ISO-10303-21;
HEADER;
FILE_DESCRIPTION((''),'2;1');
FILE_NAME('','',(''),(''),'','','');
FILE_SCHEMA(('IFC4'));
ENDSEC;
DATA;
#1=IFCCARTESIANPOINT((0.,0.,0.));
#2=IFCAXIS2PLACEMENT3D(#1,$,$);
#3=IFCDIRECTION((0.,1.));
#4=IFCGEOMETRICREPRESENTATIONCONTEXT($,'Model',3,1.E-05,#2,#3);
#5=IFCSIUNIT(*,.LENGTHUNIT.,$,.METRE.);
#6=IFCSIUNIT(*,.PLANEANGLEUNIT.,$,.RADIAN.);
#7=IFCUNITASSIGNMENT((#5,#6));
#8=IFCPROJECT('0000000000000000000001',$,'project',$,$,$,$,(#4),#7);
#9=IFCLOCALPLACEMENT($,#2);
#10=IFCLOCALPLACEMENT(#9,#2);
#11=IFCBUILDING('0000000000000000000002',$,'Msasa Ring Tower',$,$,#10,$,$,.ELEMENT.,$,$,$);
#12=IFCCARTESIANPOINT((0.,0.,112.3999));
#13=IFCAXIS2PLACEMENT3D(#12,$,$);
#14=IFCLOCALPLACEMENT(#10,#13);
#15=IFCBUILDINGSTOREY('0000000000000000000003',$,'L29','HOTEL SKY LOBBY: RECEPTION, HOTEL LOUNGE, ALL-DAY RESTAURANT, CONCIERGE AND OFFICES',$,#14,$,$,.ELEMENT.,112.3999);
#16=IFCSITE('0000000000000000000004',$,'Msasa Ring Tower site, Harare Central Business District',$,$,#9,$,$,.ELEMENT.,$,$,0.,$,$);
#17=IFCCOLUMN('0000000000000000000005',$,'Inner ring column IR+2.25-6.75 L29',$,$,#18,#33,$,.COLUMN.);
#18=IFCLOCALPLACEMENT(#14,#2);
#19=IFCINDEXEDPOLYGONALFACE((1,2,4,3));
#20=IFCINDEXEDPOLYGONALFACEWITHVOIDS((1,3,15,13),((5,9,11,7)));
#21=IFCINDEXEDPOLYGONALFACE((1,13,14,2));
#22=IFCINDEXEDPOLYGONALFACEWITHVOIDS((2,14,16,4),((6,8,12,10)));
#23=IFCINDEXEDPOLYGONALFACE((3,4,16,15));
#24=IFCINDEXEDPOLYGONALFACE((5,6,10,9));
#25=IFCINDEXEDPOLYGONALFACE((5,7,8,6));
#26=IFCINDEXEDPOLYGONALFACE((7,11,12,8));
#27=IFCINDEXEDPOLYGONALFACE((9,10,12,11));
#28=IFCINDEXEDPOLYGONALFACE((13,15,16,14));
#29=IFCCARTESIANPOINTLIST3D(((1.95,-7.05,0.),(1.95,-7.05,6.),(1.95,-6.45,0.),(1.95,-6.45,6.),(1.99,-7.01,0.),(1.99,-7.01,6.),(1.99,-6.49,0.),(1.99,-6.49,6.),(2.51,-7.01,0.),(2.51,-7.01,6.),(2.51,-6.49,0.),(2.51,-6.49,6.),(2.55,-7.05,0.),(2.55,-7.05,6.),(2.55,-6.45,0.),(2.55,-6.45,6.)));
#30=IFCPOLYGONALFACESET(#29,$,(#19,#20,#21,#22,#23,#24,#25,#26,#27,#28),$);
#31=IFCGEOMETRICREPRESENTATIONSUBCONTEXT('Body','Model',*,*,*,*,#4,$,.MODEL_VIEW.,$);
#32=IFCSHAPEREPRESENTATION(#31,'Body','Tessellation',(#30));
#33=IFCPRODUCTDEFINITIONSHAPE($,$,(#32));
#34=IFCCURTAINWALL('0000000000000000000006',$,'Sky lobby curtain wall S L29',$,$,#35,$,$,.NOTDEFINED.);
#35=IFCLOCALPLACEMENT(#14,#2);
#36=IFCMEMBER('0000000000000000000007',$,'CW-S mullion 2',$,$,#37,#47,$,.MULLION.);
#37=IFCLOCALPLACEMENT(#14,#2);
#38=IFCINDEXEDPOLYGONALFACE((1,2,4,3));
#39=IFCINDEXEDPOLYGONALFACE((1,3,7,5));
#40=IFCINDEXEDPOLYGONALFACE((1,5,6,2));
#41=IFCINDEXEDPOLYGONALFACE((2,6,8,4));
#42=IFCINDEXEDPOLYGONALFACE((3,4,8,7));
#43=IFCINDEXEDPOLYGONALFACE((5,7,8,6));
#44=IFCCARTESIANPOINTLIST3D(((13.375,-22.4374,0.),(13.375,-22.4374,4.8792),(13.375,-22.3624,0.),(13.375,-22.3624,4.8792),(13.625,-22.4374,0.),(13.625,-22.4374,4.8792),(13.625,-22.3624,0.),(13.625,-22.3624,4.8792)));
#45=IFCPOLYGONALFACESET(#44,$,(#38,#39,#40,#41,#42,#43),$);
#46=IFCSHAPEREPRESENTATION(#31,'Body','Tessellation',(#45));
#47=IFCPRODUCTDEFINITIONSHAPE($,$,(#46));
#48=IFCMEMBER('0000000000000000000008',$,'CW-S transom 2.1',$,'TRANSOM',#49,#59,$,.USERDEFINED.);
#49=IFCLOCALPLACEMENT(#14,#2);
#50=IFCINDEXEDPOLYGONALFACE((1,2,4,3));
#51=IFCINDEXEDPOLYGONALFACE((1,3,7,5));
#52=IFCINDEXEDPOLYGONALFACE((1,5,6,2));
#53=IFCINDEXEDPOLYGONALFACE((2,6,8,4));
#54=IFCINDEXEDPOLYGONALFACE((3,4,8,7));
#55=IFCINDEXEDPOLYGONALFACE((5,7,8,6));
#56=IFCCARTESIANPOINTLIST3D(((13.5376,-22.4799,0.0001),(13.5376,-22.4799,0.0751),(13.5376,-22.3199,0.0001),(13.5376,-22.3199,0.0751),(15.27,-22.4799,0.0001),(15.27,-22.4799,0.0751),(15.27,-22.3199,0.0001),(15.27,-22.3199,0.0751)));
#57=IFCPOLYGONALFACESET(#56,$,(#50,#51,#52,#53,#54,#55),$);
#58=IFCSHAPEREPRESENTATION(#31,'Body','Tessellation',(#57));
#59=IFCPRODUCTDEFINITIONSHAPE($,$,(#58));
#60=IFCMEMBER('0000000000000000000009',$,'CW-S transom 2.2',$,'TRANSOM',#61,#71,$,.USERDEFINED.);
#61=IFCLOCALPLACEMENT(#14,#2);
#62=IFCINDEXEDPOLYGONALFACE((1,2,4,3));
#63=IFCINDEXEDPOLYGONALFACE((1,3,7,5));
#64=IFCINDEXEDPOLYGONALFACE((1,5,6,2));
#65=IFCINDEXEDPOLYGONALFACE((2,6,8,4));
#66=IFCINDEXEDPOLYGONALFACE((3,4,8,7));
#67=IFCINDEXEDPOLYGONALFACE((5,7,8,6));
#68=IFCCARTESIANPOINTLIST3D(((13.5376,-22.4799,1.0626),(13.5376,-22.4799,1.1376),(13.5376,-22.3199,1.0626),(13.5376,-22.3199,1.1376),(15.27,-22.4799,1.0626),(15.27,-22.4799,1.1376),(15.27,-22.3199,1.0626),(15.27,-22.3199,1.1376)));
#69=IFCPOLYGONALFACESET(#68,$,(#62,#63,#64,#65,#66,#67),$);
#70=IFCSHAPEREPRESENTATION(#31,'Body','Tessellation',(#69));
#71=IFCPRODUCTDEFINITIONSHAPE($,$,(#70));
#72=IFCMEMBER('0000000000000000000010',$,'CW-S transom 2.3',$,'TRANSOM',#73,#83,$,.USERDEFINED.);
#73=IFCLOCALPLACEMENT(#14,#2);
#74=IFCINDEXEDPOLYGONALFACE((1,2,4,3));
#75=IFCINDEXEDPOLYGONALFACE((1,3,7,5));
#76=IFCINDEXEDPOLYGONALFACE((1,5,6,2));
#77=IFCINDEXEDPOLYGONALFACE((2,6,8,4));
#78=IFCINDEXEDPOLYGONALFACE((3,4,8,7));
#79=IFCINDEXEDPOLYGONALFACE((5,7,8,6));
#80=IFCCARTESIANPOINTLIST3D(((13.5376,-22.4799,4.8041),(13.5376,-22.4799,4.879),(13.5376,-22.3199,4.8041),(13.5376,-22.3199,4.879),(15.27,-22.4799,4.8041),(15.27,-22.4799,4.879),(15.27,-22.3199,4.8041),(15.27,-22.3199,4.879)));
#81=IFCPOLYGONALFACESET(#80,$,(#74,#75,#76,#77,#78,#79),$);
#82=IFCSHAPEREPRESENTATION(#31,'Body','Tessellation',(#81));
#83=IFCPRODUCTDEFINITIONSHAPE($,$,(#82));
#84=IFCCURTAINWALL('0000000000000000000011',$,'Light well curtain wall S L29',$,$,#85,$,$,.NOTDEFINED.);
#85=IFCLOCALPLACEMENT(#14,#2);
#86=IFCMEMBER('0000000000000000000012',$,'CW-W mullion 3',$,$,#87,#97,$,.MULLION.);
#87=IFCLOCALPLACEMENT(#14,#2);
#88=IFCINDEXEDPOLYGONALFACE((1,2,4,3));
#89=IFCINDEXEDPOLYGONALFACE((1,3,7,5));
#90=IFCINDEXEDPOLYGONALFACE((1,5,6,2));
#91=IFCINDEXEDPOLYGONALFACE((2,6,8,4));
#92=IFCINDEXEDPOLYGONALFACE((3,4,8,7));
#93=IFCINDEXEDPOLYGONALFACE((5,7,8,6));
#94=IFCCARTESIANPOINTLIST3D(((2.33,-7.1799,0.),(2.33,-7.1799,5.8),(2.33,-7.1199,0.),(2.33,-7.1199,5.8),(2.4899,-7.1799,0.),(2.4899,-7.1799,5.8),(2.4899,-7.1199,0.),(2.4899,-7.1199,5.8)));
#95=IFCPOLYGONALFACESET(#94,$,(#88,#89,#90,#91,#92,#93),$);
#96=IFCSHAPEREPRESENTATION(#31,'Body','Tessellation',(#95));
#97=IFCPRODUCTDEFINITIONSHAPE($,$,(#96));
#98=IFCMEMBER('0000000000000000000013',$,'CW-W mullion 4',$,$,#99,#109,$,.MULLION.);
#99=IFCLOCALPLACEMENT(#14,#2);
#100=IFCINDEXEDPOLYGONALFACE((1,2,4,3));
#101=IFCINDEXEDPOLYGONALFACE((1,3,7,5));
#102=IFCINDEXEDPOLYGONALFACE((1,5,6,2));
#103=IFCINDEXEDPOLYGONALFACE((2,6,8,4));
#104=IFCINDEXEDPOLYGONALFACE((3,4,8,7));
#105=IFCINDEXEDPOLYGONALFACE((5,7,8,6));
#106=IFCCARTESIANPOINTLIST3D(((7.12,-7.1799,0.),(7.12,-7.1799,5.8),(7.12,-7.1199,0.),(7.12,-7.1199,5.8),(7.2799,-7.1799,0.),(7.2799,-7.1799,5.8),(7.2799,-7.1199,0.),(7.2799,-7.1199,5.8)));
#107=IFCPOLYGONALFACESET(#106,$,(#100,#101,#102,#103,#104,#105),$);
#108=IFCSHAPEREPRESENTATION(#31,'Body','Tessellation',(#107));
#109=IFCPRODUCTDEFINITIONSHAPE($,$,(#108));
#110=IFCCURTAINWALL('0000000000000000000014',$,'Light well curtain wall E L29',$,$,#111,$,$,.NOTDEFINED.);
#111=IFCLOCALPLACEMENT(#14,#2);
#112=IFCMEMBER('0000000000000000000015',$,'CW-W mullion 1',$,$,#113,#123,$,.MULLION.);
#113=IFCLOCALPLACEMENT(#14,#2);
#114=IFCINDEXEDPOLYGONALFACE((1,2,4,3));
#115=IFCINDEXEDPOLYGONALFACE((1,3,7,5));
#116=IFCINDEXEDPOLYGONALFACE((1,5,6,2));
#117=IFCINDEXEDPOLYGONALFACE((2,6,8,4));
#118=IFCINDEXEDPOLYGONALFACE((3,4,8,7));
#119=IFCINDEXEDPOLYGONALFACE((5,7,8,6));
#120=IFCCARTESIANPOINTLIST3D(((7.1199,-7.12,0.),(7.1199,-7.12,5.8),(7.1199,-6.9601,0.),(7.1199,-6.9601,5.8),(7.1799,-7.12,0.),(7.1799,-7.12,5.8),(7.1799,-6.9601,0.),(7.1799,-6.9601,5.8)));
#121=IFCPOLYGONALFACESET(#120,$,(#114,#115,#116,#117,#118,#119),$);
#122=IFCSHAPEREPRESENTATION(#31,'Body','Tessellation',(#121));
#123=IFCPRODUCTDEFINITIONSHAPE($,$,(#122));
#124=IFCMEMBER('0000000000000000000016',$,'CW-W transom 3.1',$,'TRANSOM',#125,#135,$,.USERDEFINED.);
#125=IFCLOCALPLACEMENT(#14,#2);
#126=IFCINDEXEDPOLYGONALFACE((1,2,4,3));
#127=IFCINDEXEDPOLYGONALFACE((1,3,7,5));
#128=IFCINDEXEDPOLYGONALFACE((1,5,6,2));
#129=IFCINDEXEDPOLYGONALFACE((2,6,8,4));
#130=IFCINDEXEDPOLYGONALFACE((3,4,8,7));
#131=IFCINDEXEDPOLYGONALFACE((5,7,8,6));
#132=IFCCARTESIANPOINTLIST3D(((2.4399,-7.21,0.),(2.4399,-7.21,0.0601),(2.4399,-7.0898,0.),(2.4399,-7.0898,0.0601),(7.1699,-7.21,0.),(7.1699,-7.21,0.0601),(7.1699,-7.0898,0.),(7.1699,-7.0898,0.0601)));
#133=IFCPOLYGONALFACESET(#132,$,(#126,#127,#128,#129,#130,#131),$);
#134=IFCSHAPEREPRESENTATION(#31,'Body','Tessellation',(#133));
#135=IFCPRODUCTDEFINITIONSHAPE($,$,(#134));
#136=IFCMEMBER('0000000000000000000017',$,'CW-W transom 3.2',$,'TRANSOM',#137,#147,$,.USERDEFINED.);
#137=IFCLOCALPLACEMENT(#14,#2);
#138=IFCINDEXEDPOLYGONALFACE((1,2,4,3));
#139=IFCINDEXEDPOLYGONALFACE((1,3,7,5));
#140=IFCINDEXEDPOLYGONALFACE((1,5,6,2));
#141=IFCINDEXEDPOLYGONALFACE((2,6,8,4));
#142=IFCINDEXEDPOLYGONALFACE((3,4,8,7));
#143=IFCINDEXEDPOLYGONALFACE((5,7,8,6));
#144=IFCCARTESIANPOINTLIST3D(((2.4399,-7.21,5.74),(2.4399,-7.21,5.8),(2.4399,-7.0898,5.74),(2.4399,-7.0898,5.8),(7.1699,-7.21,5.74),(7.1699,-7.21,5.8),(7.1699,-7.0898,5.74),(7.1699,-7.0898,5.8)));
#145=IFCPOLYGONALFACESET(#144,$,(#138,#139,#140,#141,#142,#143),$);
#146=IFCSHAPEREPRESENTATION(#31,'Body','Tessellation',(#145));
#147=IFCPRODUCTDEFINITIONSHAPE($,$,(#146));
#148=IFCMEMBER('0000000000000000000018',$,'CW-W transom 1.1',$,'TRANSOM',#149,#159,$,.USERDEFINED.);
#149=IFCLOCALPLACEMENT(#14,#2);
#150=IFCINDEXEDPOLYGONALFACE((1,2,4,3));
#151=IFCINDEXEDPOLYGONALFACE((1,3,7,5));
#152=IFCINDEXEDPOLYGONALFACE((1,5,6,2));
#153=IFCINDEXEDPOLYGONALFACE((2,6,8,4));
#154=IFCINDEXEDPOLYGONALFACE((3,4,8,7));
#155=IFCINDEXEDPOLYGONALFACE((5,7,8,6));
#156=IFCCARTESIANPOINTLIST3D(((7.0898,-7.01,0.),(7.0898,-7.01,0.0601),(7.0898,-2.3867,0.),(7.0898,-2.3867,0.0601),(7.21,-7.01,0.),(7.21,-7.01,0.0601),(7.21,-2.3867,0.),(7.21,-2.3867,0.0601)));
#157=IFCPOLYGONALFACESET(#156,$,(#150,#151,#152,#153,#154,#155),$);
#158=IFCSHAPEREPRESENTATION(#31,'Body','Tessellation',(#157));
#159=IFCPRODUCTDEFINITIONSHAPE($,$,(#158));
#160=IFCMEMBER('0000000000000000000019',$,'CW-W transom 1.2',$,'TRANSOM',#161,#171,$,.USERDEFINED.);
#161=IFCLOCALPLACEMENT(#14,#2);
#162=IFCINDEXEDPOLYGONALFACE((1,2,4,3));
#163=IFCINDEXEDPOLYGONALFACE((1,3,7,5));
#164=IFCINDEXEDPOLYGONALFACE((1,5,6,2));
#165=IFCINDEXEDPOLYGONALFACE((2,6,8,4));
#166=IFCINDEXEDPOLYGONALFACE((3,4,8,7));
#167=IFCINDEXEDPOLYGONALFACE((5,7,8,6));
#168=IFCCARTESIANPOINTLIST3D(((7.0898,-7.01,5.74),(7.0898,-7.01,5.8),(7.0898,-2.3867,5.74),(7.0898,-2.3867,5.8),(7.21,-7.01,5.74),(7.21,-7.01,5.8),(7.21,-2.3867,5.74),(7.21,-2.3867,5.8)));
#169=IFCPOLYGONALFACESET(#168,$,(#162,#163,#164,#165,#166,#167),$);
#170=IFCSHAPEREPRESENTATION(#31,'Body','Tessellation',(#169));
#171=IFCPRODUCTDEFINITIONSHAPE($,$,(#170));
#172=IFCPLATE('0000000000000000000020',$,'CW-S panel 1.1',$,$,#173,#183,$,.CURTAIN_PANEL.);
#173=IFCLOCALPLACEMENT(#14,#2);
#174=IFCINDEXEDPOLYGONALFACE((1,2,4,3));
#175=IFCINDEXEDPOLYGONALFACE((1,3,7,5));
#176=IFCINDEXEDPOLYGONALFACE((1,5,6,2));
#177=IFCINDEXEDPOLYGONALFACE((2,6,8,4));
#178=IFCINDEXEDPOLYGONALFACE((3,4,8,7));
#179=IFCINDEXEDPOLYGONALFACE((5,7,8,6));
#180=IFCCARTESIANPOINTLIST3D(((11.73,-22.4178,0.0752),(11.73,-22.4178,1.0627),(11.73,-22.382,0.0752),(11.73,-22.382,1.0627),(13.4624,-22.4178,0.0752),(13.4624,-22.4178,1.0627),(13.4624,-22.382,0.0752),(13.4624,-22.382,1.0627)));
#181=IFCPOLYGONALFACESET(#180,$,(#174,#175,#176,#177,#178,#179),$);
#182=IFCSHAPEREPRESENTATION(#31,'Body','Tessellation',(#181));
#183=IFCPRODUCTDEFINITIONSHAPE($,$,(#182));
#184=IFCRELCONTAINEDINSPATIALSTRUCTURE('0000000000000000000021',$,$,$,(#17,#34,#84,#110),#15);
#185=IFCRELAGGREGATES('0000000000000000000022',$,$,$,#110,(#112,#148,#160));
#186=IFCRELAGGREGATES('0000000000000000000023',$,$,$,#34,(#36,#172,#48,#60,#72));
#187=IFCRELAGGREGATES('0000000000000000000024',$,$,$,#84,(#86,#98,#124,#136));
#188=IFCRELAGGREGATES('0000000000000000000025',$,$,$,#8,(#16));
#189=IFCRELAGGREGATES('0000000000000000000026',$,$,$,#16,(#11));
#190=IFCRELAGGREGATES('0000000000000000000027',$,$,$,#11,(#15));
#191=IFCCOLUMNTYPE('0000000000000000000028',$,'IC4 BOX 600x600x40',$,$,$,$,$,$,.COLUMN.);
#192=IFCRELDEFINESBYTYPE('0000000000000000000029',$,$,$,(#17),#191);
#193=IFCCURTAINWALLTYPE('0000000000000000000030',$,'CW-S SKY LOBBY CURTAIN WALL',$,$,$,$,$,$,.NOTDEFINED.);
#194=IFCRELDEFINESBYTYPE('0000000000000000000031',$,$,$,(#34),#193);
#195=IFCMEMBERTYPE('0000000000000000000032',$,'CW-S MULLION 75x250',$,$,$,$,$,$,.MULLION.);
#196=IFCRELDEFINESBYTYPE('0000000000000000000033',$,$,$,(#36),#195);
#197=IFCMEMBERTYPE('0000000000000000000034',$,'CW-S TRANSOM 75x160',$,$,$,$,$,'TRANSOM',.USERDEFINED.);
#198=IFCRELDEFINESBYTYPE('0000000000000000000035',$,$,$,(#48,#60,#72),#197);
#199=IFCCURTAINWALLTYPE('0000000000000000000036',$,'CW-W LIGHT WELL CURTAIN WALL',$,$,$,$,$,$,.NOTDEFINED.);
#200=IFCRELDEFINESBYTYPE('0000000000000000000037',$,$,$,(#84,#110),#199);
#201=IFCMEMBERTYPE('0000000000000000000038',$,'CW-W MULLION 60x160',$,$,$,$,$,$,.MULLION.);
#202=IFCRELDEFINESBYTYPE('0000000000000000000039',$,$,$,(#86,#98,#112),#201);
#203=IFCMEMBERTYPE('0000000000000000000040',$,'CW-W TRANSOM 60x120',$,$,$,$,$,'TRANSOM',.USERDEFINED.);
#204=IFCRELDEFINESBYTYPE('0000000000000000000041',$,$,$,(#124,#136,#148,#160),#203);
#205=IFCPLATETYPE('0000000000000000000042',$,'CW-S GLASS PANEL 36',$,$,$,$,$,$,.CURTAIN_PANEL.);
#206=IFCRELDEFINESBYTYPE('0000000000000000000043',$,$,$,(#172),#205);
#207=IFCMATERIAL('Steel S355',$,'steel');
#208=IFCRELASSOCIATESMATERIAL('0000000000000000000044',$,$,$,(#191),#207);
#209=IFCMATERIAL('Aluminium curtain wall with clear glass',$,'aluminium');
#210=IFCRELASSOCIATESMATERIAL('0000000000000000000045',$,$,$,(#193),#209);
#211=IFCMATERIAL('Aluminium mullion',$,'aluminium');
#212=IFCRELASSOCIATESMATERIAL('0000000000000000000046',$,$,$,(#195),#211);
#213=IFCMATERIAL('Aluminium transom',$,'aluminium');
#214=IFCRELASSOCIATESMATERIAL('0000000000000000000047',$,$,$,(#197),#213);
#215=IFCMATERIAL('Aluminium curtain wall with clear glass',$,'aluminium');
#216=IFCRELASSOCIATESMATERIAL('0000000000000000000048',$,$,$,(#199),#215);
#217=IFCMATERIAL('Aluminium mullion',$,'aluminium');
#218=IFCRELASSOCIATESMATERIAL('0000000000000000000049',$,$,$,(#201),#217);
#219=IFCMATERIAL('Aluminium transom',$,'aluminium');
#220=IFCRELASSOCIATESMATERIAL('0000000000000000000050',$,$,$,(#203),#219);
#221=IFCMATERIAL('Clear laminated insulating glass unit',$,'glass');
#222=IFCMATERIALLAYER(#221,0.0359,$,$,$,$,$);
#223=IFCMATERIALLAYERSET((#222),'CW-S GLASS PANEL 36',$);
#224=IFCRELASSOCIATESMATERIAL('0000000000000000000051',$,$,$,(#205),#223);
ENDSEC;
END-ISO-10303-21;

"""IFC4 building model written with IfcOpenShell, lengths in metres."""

from ifc_helpers import new_model, si_unit, direction, frame, origin, origin_2d, place, context, subcontext, project, spatial, rectangle, hollow_rectangle, extrude, material, layer, layer_set, material_profile, profile_set, type_object, element, aggregate, save


model = new_model("IFC4")

# Units and contexts
model_context = context("Model", 3, precision=1e-05, world=origin(), true_north=direction((0.0, 1.0)))
body_context = subcontext(model_context, "Body", "Model", "MODEL_VIEW")
ifc_project = project(units=[si_unit("LENGTHUNIT", "METRE"), si_unit("PLANEANGLEUNIT", "RADIAN")], contexts=[model_context])

# Site, building, storey
site_placement = place(None, origin())
site = spatial("IfcSite", under=ifc_project, at=site_placement, Name="Msasa Ring Tower site, Harare Central Business District", CompositionType="ELEMENT", RefElevation=0.0)
building_placement = place(site_placement, origin())
building = spatial("IfcBuilding", under=site, at=building_placement, Name="Msasa Ring Tower", CompositionType="ELEMENT")
storey_placement = place(building_placement, frame((0.0, 0.0, 112.3999)))
storey = spatial("IfcBuildingStorey", under=building, at=storey_placement, Name="L29", Description="HOTEL SKY LOBBY: RECEPTION, HOTEL LOUNGE, ALL-DAY RESTAURANT, CONCIERGE AND OFFICES", CompositionType="ELEMENT", Elevation=112.3999)

# Column
ifc_material_1 = material(Name="Steel S355", Category="steel")
ifc_material_profile_1 = material_profile(ifc_material_1, hollow_rectangle(XDim=0.6001, YDim=0.6001, WallThickness=0.04, at=origin_2d()), Name="BOX 600x600x40")
ifc_profile_set_1 = profile_set([ifc_material_profile_1], Name="Steel S355")
column_type = type_object("IfcColumnType", Name="IC4 BOX 600x600x40", PredefinedType="COLUMN", material=ifc_profile_set_1)
column_placement = place(storey_placement, frame((2.25, -6.75, 0.0), z_axis=(0.0, 0.0, 1.0), x_axis=(1.0, 0.0, 0.0)))
element("IfcColumn", 1, at=column_placement, inside=storey, type_object=column_type, Name="Inner ring column IR+2.25-6.75 L29", PredefinedType="COLUMN", context=body_context, shape_type="SweptSolid", body=[
    extrude(hollow_rectangle(XDim=0.6001, YDim=0.6001, WallThickness=0.04, at=origin_2d()), origin(), (0.0, 0.0, 1.0), 6.0),
])

# Curtain walls, members
ifc_material_2 = material(Name="Aluminium curtain wall with clear glass", Category="aluminium")
curtain_wall_type_1 = type_object("IfcCurtainWallType", Name="CW-S SKY LOBBY CURTAIN WALL", PredefinedType="NOTDEFINED", material=ifc_material_2)
curtain_wall_1_placement = place(storey_placement, origin())
curtain_wall_1 = element("IfcCurtainWall", 2, at=curtain_wall_1_placement, inside=storey, type_object=curtain_wall_type_1, Name="Sky lobby curtain wall S L29", PredefinedType="NOTDEFINED")
ifc_material_3 = material(Name="Aluminium mullion", Category="aluminium")
ifc_material_profile_2 = material_profile(ifc_material_3, rectangle(XDim=0.075, YDim=0.25, at=origin_2d()), Name="AL 75x250")
ifc_profile_set_2 = profile_set([ifc_material_profile_2], Name="Aluminium mullion")
member_type_1 = type_object("IfcMemberType", Name="CW-S MULLION 75x250", PredefinedType="MULLION", material=ifc_profile_set_2)
member_1_placement = place(storey_placement, frame((13.5, -22.3999, 0.0), z_axis=(0.0, 0.0, 1.0), x_axis=(0.0, 1.0, 0.0)))
member_1 = element("IfcMember", 3, at=member_1_placement, type_object=member_type_1, Name="CW-S mullion 2", PredefinedType="MULLION", context=body_context, shape_type="SweptSolid", body=[
    extrude(rectangle(XDim=0.075, YDim=0.25, at=origin_2d()), origin(), (0.0, 0.0, 1.0), 4.8792),
])
ifc_material_4 = material(Name="Aluminium transom", Category="aluminium")
ifc_material_profile_3 = material_profile(ifc_material_4, rectangle(XDim=0.1599, YDim=0.075, at=origin_2d()), Name="AL 75x160")
ifc_profile_set_3 = profile_set([ifc_material_profile_3], Name="Aluminium transom")
member_type_2 = type_object("IfcMemberType", Name="CW-S TRANSOM 75x160", ElementType="TRANSOM", PredefinedType="USERDEFINED", material=ifc_profile_set_3)
member_2_placement = place(storey_placement, frame((13.5376, -22.3999, 0.0376), z_axis=(1.0, 0.0, 0.0), x_axis=(0.0, 1.0, 0.0)))
member_2 = element("IfcMember", 4, at=member_2_placement, type_object=member_type_2, Name="CW-S transom 2.1", ObjectType="TRANSOM", PredefinedType="USERDEFINED", context=body_context, shape_type="SweptSolid", body=[
    extrude(rectangle(XDim=0.1599, YDim=0.075, at=origin_2d()), origin(), (0.0, 0.0, 1.0), 1.7324),
])
member_3_placement = place(storey_placement, frame((13.5376, -22.3999, 1.1001), z_axis=(1.0, 0.0, 0.0), x_axis=(0.0, 1.0, 0.0)))
member_3 = element("IfcMember", 5, at=member_3_placement, type_object=member_type_2, Name="CW-S transom 2.2", ObjectType="TRANSOM", PredefinedType="USERDEFINED", context=body_context, shape_type="SweptSolid", body=[
    extrude(rectangle(XDim=0.1599, YDim=0.075, at=origin_2d()), origin(), (0.0, 0.0, 1.0), 1.7324),
])
member_4_placement = place(storey_placement, frame((13.5376, -22.3999, 4.8416), z_axis=(1.0, 0.0, 0.0), x_axis=(0.0, 1.0, 0.0)))
member_4 = element("IfcMember", 6, at=member_4_placement, type_object=member_type_2, Name="CW-S transom 2.3", ObjectType="TRANSOM", PredefinedType="USERDEFINED", context=body_context, shape_type="SweptSolid", body=[
    extrude(rectangle(XDim=0.1599, YDim=0.075, at=origin_2d()), origin(), (0.0, 0.0, 1.0), 1.7324),
])
ifc_material_5 = material(Name="Aluminium curtain wall with clear glass", Category="aluminium")
curtain_wall_type_2 = type_object("IfcCurtainWallType", Name="CW-W LIGHT WELL CURTAIN WALL", PredefinedType="NOTDEFINED", material=ifc_material_5)
curtain_wall_2_placement = place(storey_placement, origin())
curtain_wall_2 = element("IfcCurtainWall", 7, at=curtain_wall_2_placement, inside=storey, type_object=curtain_wall_type_2, Name="Light well curtain wall S L29", PredefinedType="NOTDEFINED")
ifc_material_6 = material(Name="Aluminium mullion", Category="aluminium")
ifc_material_profile_4 = material_profile(ifc_material_6, rectangle(XDim=0.0601, YDim=0.1599, at=origin_2d()), Name="AL 60x160")
ifc_profile_set_4 = profile_set([ifc_material_profile_4], Name="Aluminium mullion")
member_type_3 = type_object("IfcMemberType", Name="CW-W MULLION 60x160", PredefinedType="MULLION", material=ifc_profile_set_4)
member_5_placement = place(storey_placement, frame((2.4099, -7.1499, 0.0), z_axis=(0.0, 0.0, 1.0), x_axis=(0.0, 1.0, 0.0)))
member_5 = element("IfcMember", 8, at=member_5_placement, type_object=member_type_3, Name="CW-W mullion 3", PredefinedType="MULLION", context=body_context, shape_type="SweptSolid", body=[
    extrude(rectangle(XDim=0.0601, YDim=0.1599, at=origin_2d()), origin(), (0.0, 0.0, 1.0), 5.8),
])
member_6_placement = place(storey_placement, frame((7.2, -7.1499, 0.0), z_axis=(0.0, 0.0, 1.0), x_axis=(0.0, 1.0, 0.0)))
member_6 = element("IfcMember", 9, at=member_6_placement, type_object=member_type_3, Name="CW-W mullion 4", PredefinedType="MULLION", context=body_context, shape_type="SweptSolid", body=[
    extrude(rectangle(XDim=0.0601, YDim=0.1599, at=origin_2d()), origin(), (0.0, 0.0, 1.0), 5.8),
])

# Curtain wall, member
curtain_wall_3_placement = place(storey_placement, origin())
curtain_wall_3 = element("IfcCurtainWall", 10, at=curtain_wall_3_placement, inside=storey, type_object=curtain_wall_type_2, Name="Light well curtain wall E L29", PredefinedType="NOTDEFINED")
member_7_placement = place(storey_placement, frame((7.1499, -7.04, 0.0), z_axis=(0.0, 0.0, 1.0), x_axis=(-1.0, 0.0, 0.0)))
member_7 = element("IfcMember", 11, at=member_7_placement, type_object=member_type_3, Name="CW-W mullion 1", PredefinedType="MULLION", context=body_context, shape_type="SweptSolid", body=[
    extrude(rectangle(XDim=0.0601, YDim=0.1599, at=origin_2d()), origin(), (0.0, 0.0, 1.0), 5.8),
])

# Members
ifc_material_7 = material(Name="Aluminium transom", Category="aluminium")
ifc_material_profile_5 = material_profile(ifc_material_7, rectangle(XDim=0.1201, YDim=0.0601, at=origin_2d()), Name="AL 60x120")
ifc_profile_set_5 = profile_set([ifc_material_profile_5], Name="Aluminium transom")
member_type_4 = type_object("IfcMemberType", Name="CW-W TRANSOM 60x120", ElementType="TRANSOM", PredefinedType="USERDEFINED", material=ifc_profile_set_5)
member_8_placement = place(storey_placement, frame((2.4399, -7.1499, 0.03), z_axis=(1.0, 0.0, 0.0), x_axis=(0.0, 1.0, 0.0)))
member_8 = element("IfcMember", 12, at=member_8_placement, type_object=member_type_4, Name="CW-W transom 3.1", ObjectType="TRANSOM", PredefinedType="USERDEFINED", context=body_context, shape_type="SweptSolid", body=[
    extrude(rectangle(XDim=0.1201, YDim=0.0601, at=origin_2d()), origin(), (0.0, 0.0, 1.0), 4.73),
])
member_9_placement = place(storey_placement, frame((2.4399, -7.1499, 5.77), z_axis=(1.0, 0.0, 0.0), x_axis=(0.0, 1.0, 0.0)))
member_9 = element("IfcMember", 13, at=member_9_placement, type_object=member_type_4, Name="CW-W transom 3.2", ObjectType="TRANSOM", PredefinedType="USERDEFINED", context=body_context, shape_type="SweptSolid", body=[
    extrude(rectangle(XDim=0.1201, YDim=0.0601, at=origin_2d()), origin(), (0.0, 0.0, 1.0), 4.73),
])
member_10_placement = place(storey_placement, frame((7.1499, -7.01, 0.03), z_axis=(0.0, 1.0, 0.0), x_axis=(-1.0, 0.0, 0.0)))
member_10 = element("IfcMember", 14, at=member_10_placement, type_object=member_type_4, Name="CW-W transom 1.1", ObjectType="TRANSOM", PredefinedType="USERDEFINED", context=body_context, shape_type="SweptSolid", body=[
    extrude(rectangle(XDim=0.1201, YDim=0.0601, at=origin_2d()), origin(), (0.0, 0.0, 1.0), 4.6233),
])
member_11_placement = place(storey_placement, frame((7.1499, -7.01, 5.77), z_axis=(0.0, 1.0, 0.0), x_axis=(-1.0, 0.0, 0.0)))
member_11 = element("IfcMember", 15, at=member_11_placement, type_object=member_type_4, Name="CW-W transom 1.2", ObjectType="TRANSOM", PredefinedType="USERDEFINED", context=body_context, shape_type="SweptSolid", body=[
    extrude(rectangle(XDim=0.1201, YDim=0.0601, at=origin_2d()), origin(), (0.0, 0.0, 1.0), 4.6233),
])
aggregate(curtain_wall_3, [member_7, member_10, member_11])

# Plate
ifc_material_8 = material(Name="Clear laminated insulating glass unit", Category="glass")
ifc_layer_1 = layer(ifc_material_8, 0.0359)
ifc_layer_set_1 = layer_set([ifc_layer_1], Name="CW-S GLASS PANEL 36")
plate_type_1 = type_object("IfcPlateType", Name="CW-S GLASS PANEL 36", PredefinedType="CURTAIN_PANEL", material=ifc_layer_set_1)
plate_1_placement = place(storey_placement, frame((12.5962, -22.3999, 0.0752), z_axis=(0.0, 0.0, 1.0), x_axis=(1.0, 0.0, 0.0)))
plate_1 = element("IfcPlate", 16, at=plate_1_placement, type_object=plate_type_1, Name="CW-S panel 1.1", PredefinedType="CURTAIN_PANEL", context=body_context, shape_type="SweptSolid", body=[
    extrude(rectangle(XDim=1.7324, YDim=0.0359, at=origin_2d()), origin(), (0.0, 0.0, 1.0), 0.9875),
])
aggregate(curtain_wall_1, [member_1, plate_1, member_2, member_3, member_4])
aggregate(curtain_wall_2, [member_5, member_6, member_8, member_9])

save(model, "model.ifc")
